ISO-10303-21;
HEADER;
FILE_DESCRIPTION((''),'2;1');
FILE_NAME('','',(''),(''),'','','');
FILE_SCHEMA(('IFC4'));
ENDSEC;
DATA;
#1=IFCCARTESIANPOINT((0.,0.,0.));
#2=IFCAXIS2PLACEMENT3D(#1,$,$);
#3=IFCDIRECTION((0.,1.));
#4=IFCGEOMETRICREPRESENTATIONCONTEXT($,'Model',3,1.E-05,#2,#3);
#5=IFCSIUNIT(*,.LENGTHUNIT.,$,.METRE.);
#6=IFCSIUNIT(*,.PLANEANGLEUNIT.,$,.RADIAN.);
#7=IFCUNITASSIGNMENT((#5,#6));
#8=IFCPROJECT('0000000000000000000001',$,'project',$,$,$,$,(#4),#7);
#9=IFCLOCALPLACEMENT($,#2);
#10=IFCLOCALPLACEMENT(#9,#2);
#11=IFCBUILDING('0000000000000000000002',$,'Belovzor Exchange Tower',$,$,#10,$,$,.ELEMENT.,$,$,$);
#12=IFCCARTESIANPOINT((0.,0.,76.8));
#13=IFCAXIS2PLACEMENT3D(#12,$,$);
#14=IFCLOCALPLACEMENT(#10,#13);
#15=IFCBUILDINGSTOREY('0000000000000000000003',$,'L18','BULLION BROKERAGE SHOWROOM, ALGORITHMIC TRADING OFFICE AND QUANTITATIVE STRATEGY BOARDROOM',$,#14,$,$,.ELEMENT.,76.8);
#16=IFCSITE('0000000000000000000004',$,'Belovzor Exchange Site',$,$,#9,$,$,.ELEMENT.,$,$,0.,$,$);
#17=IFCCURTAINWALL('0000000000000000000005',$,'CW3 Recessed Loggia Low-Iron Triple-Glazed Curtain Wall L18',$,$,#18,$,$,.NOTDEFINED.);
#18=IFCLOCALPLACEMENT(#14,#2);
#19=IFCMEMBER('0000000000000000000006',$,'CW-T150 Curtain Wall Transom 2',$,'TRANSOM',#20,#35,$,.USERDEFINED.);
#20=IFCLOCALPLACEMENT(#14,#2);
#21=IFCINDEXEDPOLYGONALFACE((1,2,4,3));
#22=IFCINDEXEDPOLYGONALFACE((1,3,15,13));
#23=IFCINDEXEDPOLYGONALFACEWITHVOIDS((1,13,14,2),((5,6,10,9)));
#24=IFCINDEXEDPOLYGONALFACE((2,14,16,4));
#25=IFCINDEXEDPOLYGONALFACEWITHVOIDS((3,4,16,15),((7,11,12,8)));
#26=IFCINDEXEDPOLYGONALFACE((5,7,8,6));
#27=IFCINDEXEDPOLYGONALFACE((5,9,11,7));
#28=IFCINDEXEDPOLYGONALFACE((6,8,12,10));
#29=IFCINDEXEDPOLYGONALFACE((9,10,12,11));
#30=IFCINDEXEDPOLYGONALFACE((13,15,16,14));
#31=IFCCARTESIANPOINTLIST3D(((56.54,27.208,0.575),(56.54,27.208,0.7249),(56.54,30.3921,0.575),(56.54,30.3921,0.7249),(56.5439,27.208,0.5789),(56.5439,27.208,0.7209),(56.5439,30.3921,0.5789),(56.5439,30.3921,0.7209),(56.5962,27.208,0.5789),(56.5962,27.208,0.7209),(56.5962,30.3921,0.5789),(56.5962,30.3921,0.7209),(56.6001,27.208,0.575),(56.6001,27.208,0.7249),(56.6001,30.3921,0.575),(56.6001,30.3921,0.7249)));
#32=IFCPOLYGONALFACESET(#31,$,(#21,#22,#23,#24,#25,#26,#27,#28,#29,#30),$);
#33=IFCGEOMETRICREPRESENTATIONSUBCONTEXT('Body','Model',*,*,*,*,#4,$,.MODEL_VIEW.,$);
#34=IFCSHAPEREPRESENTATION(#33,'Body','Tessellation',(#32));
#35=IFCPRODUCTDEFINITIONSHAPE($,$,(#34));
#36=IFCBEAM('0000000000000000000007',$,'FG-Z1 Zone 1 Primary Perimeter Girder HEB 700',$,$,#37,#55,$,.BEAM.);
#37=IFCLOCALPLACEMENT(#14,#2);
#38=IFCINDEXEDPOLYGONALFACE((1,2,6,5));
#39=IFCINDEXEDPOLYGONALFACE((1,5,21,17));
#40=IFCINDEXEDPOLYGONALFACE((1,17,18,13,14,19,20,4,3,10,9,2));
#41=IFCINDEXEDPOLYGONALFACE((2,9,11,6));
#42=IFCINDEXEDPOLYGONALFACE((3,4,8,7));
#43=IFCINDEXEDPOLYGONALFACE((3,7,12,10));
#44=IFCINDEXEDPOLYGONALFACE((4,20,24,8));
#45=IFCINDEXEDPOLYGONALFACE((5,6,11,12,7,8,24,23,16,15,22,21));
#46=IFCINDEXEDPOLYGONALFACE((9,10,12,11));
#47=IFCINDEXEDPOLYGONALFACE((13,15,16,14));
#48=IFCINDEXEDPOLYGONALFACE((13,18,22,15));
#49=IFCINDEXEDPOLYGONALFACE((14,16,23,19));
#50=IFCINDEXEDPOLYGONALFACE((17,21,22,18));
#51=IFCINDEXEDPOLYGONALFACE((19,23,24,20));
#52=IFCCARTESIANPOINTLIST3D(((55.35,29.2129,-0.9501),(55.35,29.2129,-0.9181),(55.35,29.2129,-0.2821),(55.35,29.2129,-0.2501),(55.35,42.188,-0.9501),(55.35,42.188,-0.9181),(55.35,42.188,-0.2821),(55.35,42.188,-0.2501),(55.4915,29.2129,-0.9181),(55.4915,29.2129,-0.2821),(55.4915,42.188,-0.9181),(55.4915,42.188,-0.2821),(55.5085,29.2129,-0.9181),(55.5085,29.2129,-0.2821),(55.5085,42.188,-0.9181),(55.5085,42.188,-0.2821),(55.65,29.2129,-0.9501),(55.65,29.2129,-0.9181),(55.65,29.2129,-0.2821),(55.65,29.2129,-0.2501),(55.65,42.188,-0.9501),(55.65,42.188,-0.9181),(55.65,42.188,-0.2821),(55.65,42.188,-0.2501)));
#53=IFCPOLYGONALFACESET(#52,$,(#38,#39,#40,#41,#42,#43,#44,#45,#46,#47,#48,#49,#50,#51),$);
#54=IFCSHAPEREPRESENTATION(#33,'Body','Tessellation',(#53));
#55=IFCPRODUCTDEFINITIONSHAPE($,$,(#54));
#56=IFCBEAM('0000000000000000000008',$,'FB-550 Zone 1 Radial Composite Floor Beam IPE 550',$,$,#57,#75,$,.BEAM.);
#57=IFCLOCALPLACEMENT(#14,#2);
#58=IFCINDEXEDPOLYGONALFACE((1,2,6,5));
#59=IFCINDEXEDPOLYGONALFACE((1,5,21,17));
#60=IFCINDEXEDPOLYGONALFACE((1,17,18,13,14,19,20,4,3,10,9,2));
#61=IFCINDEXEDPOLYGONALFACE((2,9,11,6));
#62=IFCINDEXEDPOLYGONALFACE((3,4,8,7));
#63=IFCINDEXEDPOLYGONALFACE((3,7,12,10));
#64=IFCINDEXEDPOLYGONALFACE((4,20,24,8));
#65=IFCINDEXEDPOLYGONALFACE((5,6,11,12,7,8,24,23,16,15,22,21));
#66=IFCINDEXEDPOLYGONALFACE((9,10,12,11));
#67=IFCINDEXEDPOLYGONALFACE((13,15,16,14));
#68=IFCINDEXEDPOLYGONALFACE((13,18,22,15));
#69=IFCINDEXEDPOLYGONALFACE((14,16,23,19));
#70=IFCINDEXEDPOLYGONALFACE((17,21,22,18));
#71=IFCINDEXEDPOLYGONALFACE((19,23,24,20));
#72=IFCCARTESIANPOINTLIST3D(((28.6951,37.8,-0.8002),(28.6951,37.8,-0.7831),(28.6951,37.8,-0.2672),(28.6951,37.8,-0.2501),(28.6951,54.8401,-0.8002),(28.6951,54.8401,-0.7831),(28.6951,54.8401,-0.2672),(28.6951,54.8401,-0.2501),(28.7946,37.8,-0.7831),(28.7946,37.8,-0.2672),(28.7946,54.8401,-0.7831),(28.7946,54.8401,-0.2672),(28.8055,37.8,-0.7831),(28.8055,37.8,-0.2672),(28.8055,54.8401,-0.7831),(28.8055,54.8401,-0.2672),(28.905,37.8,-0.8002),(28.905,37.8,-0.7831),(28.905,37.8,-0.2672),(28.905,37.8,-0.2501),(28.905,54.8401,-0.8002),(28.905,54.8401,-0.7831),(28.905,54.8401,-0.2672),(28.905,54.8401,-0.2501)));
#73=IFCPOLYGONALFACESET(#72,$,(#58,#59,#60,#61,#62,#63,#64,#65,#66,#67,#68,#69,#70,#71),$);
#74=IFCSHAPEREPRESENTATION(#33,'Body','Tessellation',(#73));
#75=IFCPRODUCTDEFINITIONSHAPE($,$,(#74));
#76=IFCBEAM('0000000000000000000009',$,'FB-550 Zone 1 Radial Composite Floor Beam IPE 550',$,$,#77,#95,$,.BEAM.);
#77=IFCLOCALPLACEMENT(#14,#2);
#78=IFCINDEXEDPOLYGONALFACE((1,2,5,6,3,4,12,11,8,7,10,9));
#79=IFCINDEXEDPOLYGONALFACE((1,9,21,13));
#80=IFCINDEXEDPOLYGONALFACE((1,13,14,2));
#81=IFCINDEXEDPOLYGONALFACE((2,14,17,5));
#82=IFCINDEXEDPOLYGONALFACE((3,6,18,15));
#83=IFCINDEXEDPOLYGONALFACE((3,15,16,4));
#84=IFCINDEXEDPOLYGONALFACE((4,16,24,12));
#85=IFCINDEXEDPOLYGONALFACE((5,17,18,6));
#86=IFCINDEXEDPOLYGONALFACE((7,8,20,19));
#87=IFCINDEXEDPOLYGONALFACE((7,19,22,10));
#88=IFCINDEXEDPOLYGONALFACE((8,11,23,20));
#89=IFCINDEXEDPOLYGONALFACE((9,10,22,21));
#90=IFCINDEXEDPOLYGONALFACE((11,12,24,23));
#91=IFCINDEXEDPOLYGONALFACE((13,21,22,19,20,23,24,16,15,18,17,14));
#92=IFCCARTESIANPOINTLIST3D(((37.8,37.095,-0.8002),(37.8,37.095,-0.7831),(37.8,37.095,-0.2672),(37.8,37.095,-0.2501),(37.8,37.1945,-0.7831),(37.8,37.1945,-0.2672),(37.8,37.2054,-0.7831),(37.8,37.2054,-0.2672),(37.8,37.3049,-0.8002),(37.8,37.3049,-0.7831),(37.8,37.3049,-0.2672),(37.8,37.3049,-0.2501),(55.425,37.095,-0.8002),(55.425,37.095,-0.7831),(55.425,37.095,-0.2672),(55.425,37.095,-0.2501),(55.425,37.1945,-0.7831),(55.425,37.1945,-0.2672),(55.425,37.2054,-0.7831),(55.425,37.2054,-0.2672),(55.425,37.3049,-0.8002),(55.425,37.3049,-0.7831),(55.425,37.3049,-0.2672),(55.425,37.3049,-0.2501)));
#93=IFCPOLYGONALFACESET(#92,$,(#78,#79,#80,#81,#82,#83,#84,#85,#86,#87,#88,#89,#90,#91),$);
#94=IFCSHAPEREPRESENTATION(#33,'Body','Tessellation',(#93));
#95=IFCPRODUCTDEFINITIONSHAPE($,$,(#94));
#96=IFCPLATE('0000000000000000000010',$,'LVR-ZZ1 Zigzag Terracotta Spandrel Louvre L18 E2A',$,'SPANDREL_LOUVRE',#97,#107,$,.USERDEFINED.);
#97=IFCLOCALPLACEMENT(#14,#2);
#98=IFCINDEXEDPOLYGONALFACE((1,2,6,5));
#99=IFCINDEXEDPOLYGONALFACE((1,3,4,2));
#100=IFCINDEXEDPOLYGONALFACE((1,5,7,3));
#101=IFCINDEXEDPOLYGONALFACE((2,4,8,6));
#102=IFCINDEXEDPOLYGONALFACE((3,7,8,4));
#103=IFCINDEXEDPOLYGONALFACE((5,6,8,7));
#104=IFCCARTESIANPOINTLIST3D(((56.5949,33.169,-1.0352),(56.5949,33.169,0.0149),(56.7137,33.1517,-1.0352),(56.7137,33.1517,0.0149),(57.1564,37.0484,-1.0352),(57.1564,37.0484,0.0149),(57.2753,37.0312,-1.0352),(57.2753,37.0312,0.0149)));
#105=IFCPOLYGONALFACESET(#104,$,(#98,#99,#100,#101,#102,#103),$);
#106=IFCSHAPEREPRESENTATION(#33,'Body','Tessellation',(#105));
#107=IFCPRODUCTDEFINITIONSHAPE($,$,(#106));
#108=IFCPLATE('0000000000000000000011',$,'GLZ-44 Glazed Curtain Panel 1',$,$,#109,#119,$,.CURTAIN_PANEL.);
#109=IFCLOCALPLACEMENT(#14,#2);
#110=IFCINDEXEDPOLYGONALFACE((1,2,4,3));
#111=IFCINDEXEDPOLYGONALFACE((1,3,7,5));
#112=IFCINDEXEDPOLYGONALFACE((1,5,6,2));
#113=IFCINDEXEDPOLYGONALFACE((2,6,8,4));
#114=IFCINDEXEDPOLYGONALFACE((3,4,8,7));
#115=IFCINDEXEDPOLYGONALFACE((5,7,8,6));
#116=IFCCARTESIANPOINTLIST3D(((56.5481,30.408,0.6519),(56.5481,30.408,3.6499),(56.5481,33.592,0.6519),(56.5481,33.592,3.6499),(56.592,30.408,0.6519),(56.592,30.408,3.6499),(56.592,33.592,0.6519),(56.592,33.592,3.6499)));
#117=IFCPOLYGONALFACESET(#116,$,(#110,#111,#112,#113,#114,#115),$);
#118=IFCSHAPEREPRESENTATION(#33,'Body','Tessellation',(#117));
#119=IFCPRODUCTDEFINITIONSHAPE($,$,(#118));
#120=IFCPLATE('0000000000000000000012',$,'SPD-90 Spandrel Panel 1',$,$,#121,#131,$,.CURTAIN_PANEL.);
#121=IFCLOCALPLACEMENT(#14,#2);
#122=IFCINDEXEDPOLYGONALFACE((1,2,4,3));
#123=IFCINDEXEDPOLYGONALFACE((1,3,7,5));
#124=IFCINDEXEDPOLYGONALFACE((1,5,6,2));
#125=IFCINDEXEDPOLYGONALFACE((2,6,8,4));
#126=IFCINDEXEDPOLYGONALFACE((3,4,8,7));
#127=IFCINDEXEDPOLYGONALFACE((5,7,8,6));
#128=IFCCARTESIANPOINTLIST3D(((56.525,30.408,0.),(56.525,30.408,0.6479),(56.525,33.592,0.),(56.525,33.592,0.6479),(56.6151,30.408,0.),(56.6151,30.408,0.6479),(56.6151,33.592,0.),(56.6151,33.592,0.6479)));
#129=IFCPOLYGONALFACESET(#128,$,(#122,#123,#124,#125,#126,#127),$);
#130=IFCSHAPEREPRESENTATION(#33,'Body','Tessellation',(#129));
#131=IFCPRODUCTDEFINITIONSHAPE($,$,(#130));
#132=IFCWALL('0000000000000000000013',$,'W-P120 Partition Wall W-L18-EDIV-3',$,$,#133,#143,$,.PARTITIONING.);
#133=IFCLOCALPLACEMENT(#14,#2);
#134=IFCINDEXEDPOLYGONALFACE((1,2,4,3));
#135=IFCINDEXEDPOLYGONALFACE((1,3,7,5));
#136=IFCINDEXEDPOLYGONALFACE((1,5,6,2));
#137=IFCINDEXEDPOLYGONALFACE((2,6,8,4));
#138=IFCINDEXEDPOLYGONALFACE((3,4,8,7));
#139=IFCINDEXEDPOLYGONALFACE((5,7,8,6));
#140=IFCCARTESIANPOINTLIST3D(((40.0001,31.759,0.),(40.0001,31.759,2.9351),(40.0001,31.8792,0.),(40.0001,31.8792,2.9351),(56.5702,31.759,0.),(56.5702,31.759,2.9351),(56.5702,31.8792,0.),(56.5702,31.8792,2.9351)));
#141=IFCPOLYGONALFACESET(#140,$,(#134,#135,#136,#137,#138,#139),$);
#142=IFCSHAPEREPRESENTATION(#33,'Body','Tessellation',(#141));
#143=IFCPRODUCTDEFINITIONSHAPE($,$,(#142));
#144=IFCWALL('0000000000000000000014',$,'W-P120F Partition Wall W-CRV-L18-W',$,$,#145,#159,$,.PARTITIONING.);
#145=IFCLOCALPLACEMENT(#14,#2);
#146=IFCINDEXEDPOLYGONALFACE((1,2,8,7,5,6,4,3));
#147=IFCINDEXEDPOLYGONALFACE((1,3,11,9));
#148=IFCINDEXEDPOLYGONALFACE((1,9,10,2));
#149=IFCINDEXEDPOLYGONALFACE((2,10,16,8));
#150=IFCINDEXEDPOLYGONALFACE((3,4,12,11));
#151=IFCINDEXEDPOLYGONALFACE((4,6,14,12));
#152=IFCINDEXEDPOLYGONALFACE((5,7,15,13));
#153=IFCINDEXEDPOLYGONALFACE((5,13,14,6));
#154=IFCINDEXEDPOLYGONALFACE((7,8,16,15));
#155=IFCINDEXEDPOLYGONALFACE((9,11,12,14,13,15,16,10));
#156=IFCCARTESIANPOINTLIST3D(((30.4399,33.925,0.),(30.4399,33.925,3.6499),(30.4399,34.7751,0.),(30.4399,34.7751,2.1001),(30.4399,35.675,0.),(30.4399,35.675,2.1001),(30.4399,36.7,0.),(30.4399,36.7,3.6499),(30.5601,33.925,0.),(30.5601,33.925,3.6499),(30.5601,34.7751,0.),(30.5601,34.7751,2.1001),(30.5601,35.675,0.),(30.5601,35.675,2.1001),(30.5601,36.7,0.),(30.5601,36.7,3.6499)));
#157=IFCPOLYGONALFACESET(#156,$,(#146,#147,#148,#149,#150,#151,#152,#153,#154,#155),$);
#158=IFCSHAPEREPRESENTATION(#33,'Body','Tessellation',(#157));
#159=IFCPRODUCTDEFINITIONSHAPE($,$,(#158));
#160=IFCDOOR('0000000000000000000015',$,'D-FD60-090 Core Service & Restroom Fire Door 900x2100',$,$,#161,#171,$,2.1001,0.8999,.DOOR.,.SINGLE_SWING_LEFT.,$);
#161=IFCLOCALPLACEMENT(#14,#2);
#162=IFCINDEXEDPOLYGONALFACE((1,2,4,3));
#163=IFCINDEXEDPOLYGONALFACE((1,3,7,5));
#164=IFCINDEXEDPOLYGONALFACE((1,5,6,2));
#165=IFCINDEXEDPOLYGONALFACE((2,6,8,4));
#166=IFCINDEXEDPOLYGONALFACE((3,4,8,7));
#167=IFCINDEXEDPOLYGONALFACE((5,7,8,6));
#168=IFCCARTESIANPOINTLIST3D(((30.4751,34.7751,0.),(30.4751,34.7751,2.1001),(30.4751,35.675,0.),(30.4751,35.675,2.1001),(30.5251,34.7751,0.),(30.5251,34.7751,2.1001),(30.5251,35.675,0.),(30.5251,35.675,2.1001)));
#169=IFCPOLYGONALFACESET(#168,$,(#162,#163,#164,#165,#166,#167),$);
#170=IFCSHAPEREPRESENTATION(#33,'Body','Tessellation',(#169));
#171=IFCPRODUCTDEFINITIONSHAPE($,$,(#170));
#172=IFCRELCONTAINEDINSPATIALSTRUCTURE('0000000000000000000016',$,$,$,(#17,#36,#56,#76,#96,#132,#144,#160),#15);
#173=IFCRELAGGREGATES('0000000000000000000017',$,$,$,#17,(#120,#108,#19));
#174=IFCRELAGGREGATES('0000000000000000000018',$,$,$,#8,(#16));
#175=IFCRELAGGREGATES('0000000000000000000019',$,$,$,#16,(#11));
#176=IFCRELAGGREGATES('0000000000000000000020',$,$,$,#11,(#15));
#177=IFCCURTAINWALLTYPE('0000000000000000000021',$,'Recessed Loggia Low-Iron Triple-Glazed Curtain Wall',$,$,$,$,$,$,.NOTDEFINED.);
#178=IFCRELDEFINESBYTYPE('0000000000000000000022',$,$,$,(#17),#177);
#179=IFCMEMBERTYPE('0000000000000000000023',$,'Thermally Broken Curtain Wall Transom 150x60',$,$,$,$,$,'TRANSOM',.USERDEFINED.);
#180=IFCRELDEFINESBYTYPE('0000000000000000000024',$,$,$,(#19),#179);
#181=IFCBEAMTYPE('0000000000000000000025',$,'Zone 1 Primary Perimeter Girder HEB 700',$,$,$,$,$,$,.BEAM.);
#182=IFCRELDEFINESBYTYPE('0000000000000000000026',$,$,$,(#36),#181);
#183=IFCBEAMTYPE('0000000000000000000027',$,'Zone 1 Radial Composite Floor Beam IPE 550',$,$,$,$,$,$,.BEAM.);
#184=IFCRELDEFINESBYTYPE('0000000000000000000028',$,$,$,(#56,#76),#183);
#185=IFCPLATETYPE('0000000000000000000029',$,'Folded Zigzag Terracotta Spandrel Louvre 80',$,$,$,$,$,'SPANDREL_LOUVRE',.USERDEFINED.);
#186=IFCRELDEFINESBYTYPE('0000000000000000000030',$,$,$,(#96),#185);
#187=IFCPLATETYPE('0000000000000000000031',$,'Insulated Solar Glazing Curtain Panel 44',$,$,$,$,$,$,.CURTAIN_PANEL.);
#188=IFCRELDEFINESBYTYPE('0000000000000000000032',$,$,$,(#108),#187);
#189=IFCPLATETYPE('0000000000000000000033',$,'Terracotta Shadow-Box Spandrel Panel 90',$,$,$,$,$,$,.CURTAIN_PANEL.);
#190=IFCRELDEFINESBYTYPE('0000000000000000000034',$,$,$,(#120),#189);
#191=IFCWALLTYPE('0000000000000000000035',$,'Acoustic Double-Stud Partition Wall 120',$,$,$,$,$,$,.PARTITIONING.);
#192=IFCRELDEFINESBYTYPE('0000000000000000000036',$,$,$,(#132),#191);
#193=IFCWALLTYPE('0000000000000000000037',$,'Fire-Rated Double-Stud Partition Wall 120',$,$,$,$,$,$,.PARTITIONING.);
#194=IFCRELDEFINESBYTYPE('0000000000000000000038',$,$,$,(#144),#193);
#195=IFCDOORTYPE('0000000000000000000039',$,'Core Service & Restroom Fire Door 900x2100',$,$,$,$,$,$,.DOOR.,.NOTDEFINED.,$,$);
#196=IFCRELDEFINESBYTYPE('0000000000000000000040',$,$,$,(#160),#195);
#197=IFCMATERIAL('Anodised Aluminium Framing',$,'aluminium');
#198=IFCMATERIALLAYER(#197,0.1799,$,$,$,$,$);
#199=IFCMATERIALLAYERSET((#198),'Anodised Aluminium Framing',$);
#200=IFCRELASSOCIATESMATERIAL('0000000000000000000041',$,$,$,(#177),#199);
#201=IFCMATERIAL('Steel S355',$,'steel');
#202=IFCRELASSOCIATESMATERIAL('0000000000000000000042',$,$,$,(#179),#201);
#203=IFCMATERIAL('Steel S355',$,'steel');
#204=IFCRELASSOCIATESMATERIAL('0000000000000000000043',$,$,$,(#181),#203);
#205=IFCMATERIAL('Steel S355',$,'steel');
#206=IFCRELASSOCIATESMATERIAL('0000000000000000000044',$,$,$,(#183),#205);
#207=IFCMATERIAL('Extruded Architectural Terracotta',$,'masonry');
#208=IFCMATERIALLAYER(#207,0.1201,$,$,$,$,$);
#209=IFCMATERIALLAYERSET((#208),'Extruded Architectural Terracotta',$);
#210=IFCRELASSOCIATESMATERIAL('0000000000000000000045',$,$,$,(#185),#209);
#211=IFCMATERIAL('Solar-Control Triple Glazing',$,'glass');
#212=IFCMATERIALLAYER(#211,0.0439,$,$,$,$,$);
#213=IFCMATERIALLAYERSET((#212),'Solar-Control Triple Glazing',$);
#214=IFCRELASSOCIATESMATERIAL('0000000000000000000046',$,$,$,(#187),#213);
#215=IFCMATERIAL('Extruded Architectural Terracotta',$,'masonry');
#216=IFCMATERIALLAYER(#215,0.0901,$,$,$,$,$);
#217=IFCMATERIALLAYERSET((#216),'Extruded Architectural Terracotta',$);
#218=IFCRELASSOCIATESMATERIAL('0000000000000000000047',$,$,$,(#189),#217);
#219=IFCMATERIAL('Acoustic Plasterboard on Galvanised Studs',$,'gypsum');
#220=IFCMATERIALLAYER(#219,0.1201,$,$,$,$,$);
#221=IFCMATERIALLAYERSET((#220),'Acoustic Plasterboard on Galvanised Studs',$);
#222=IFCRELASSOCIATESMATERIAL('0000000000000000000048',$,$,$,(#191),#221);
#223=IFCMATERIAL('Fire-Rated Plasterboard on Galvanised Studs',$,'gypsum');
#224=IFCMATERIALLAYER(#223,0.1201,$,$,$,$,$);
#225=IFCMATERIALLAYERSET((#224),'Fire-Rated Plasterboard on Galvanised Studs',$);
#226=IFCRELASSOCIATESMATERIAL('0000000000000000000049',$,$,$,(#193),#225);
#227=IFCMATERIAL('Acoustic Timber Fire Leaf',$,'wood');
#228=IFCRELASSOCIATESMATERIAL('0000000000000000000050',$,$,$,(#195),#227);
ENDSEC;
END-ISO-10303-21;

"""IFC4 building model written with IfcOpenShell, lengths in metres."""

from ifc_helpers import new_model, si_unit, direction, frame, frame_2d, origin, origin_2d, place, context, subcontext, project, spatial, rectangle, hollow_rectangle, i_section, extrude, material, layer, layer_set, material_profile, profile_set, type_object, element, fill, aggregate, save


model = new_model("IFC4")

# Units and contexts
model_context = context("Model", 3, precision=1e-05, world=origin(), true_north=direction((0.0, 1.0)))
body_context = subcontext(model_context, "Body", "Model", "MODEL_VIEW")
ifc_project = project(units=[si_unit("LENGTHUNIT", "METRE"), si_unit("PLANEANGLEUNIT", "RADIAN")], contexts=[model_context])

# Site, building, storey
site_placement = place(None, origin())
site = spatial("IfcSite", under=ifc_project, at=site_placement, Name="Belovzor Exchange Site", CompositionType="ELEMENT", RefElevation=0.0)
building_placement = place(site_placement, origin())
building = spatial("IfcBuilding", under=site, at=building_placement, Name="Belovzor Exchange Tower", CompositionType="ELEMENT")
storey_placement = place(building_placement, frame((0.0, 0.0, 76.8)))
storey = spatial("IfcBuildingStorey", under=building, at=storey_placement, Name="L18", Description="BULLION BROKERAGE SHOWROOM, ALGORITHMIC TRADING OFFICE AND QUANTITATIVE STRATEGY BOARDROOM", CompositionType="ELEMENT", Elevation=76.8)

# Curtain wall, member
ifc_material_1 = material(Name="Anodised Aluminium Framing", Category="aluminium")
ifc_layer_1 = layer(ifc_material_1, 0.1799)
ifc_layer_set_1 = layer_set([ifc_layer_1], Name="Anodised Aluminium Framing")
curtain_wall_type = type_object("IfcCurtainWallType", Name="Recessed Loggia Low-Iron Triple-Glazed Curtain Wall", PredefinedType="NOTDEFINED", material=ifc_layer_set_1)
curtain_wall_placement = place(storey_placement, origin())
curtain_wall = element("IfcCurtainWall", 1, at=curtain_wall_placement, inside=storey, type_object=curtain_wall_type, Name="CW3 Recessed Loggia Low-Iron Triple-Glazed Curtain Wall L18", PredefinedType="NOTDEFINED")
ifc_material_2 = material(Name="Steel S355", Category="steel")
ifc_material_profile_1 = material_profile(ifc_material_2, hollow_rectangle(XDim=0.0601, YDim=0.1499, WallThickness=0.0039, at=origin_2d()))
ifc_profile_set_1 = profile_set([ifc_material_profile_1], Name="Steel S355")
member_type_1 = type_object("IfcMemberType", Name="Thermally Broken Curtain Wall Transom 150x60", ElementType="TRANSOM", PredefinedType="USERDEFINED", material=ifc_profile_set_1)
member_1_placement = place(storey_placement, frame((56.5701, 30.3921, 0.6499), z_axis=(0.0, -1.0, 0.0), x_axis=(1.0, 0.0, 0.0)))
member_1 = element("IfcMember", 2, at=member_1_placement, type_object=member_type_1, Name="CW-T150 Curtain Wall Transom 2", ObjectType="TRANSOM", PredefinedType="USERDEFINED", context=body_context, shape_type="SweptSolid", body=[
    extrude(hollow_rectangle(XDim=0.0601, YDim=0.1499, WallThickness=0.0039, at=origin_2d()), origin(), (0.0, 0.0, 1.0), 3.1841),
])

# Beams
ifc_material_3 = material(Name="Steel S355", Category="steel")
ifc_material_profile_2 = material_profile(ifc_material_3, i_section(OverallWidth=0.3, OverallDepth=0.7, WebThickness=0.0171, FlangeThickness=0.032, at=origin_2d()))
ifc_profile_set_2 = profile_set([ifc_material_profile_2], Name="Steel S355")
beam_type_1 = type_object("IfcBeamType", Name="Zone 1 Primary Perimeter Girder HEB 700", PredefinedType="BEAM", material=ifc_profile_set_2)
beam_1_placement = place(storey_placement, frame((55.5, 29.2129, -0.6001), z_axis=(0.0, 1.0, 0.0), x_axis=(-1.0, 0.0, 0.0)))
element("IfcBeam", 3, at=beam_1_placement, inside=storey, type_object=beam_type_1, Name="FG-Z1 Zone 1 Primary Perimeter Girder HEB 700", PredefinedType="BEAM", context=body_context, shape_type="SweptSolid", body=[
    extrude(i_section(OverallWidth=0.3, OverallDepth=0.7, WebThickness=0.0171, FlangeThickness=0.032, at=origin_2d()), origin(), (0.0, 0.0, 1.0), 12.9751),
])
ifc_material_4 = material(Name="Steel S355", Category="steel")
ifc_material_profile_3 = material_profile(ifc_material_4, i_section(OverallWidth=0.21, OverallDepth=0.55, WebThickness=0.011, FlangeThickness=0.0171, at=origin_2d()))
ifc_profile_set_3 = profile_set([ifc_material_profile_3], Name="Steel S355")
beam_type_2 = type_object("IfcBeamType", Name="Zone 1 Radial Composite Floor Beam IPE 550", PredefinedType="BEAM", material=ifc_profile_set_3)
beam_2_placement = place(storey_placement, frame((28.8, 37.8, -0.5251), z_axis=(0.0, 1.0, 0.0), x_axis=(-1.0, 0.0, 0.0)))
element("IfcBeam", 4, at=beam_2_placement, inside=storey, type_object=beam_type_2, Name="FB-550 Zone 1 Radial Composite Floor Beam IPE 550", PredefinedType="BEAM", context=body_context, shape_type="SweptSolid", body=[
    extrude(i_section(OverallWidth=0.21, OverallDepth=0.55, WebThickness=0.011, FlangeThickness=0.0171, at=origin_2d()), origin(), (0.0, 0.0, 1.0), 17.04),
])
beam_3_placement = place(storey_placement, frame((37.8, 37.2, -0.5251), z_axis=(1.0, 0.0, 0.0), x_axis=(0.0, 1.0, 0.0)))
element("IfcBeam", 5, at=beam_3_placement, inside=storey, type_object=beam_type_2, Name="FB-550 Zone 1 Radial Composite Floor Beam IPE 550", PredefinedType="BEAM", context=body_context, shape_type="SweptSolid", body=[
    extrude(i_section(OverallWidth=0.21, OverallDepth=0.55, WebThickness=0.011, FlangeThickness=0.0171, at=origin_2d()), origin(), (0.0, 0.0, 1.0), 17.625),
])

# Plates
ifc_material_5 = material(Name="Extruded Architectural Terracotta", Category="masonry")
ifc_layer_2 = layer(ifc_material_5, 0.1201)
ifc_layer_set_2 = layer_set([ifc_layer_2], Name="Extruded Architectural Terracotta")
plate_type_1 = type_object("IfcPlateType", Name="Folded Zigzag Terracotta Spandrel Louvre 80", ElementType="SPANDREL_LOUVRE", PredefinedType="USERDEFINED", material=ifc_layer_set_2)
plate_1_placement = place(storey_placement, frame((56.9351, 35.1001, -1.0352), z_axis=(0.0, 0.0, 1.0), x_axis=(0.143251, 0.989686, 0.0)))
element("IfcPlate", 6, at=plate_1_placement, inside=storey, type_object=plate_type_1, Name="LVR-ZZ1 Zigzag Terracotta Spandrel Louvre L18 E2A", ObjectType="SPANDREL_LOUVRE", PredefinedType="USERDEFINED", context=body_context, shape_type="SweptSolid", body=[
    extrude(rectangle(XDim=3.9199, YDim=0.1201, at=origin_2d()), origin(), (0.0, 0.0, 1.0), 1.05),
])
ifc_material_6 = material(Name="Solar-Control Triple Glazing", Category="glass")
ifc_layer_3 = layer(ifc_material_6, 0.0439)
ifc_layer_set_3 = layer_set([ifc_layer_3], Name="Solar-Control Triple Glazing")
plate_type_2 = type_object("IfcPlateType", Name="Insulated Solar Glazing Curtain Panel 44", PredefinedType="CURTAIN_PANEL", material=ifc_layer_set_3)
plate_2_placement = place(storey_placement, frame((56.5701, 32.0, 0.6519), z_axis=(0.0, 0.0, 1.0), x_axis=(0.0, -1.0, 0.0)))
plate_2 = element("IfcPlate", 7, at=plate_2_placement, type_object=plate_type_2, Name="GLZ-44 Glazed Curtain Panel 1", PredefinedType="CURTAIN_PANEL", context=body_context, shape_type="SweptSolid", body=[
    extrude(rectangle(XDim=3.1841, YDim=0.0439, at=origin_2d()), origin(), (0.0, 0.0, 1.0), 2.998),
])
ifc_material_7 = material(Name="Extruded Architectural Terracotta", Category="masonry")
ifc_layer_4 = layer(ifc_material_7, 0.0901)
ifc_layer_set_4 = layer_set([ifc_layer_4], Name="Extruded Architectural Terracotta")
plate_type_3 = type_object("IfcPlateType", Name="Terracotta Shadow-Box Spandrel Panel 90", PredefinedType="CURTAIN_PANEL", material=ifc_layer_set_4)
plate_3_placement = place(storey_placement, frame((56.5701, 32.0, 0.0), z_axis=(0.0, 0.0, 1.0), x_axis=(0.0, -1.0, 0.0)))
plate_3 = element("IfcPlate", 8, at=plate_3_placement, type_object=plate_type_3, Name="SPD-90 Spandrel Panel 1", PredefinedType="CURTAIN_PANEL", context=body_context, shape_type="SweptSolid", body=[
    extrude(rectangle(XDim=3.1841, YDim=0.0901, at=origin_2d()), origin(), (0.0, 0.0, 1.0), 0.6479),
])
aggregate(curtain_wall, [plate_3, plate_2, member_1])

# Wall
ifc_material_8 = material(Name="Acoustic Plasterboard on Galvanised Studs", Category="gypsum")
ifc_layer_5 = layer(ifc_material_8, 0.1201)
ifc_layer_set_5 = layer_set([ifc_layer_5], Name="Acoustic Plasterboard on Galvanised Studs")
wall_type_1 = type_object("IfcWallType", Name="Acoustic Double-Stud Partition Wall 120", PredefinedType="PARTITIONING", material=ifc_layer_set_5)
wall_1_placement = place(storey_placement, frame((40.0, 31.8191, 0.0), z_axis=(0.0, 0.0, 1.0), x_axis=(1.0, 0.0, 0.0)))
element("IfcWall", 9, at=wall_1_placement, inside=storey, type_object=wall_type_1, Name="W-P120 Partition Wall W-L18-EDIV-3", PredefinedType="PARTITIONING", context=body_context, shape_type="SweptSolid", body=[
    extrude(rectangle(XDim=16.5701, YDim=0.1201, at=frame_2d((8.2852, 0.0))), origin(), (0.0, 0.0, 1.0), 2.9351),
])

# Wall, opening, door
ifc_material_9 = material(Name="Fire-Rated Plasterboard on Galvanised Studs", Category="gypsum")
ifc_layer_6 = layer(ifc_material_9, 0.1201)
ifc_layer_set_6 = layer_set([ifc_layer_6], Name="Fire-Rated Plasterboard on Galvanised Studs")
wall_type_2 = type_object("IfcWallType", Name="Fire-Rated Double-Stud Partition Wall 120", PredefinedType="PARTITIONING", material=ifc_layer_set_6)
wall_2_placement = place(storey_placement, frame((30.5, 33.925, 0.0), z_axis=(0.0, 0.0, 1.0), x_axis=(0.0, 1.0, 0.0)))
wall_2 = element("IfcWall", 10, at=wall_2_placement, inside=storey, type_object=wall_type_2, Name="W-P120F Partition Wall W-CRV-L18-W", PredefinedType="PARTITIONING", context=body_context, shape_type="SweptSolid", body=[
    extrude(rectangle(XDim=2.7749, YDim=0.1201, at=frame_2d((1.3875, 0.0))), origin(), (0.0, 0.0, 1.0), 3.6499),
])
opening_placement = place(wall_2_placement, frame((0.8501, 0.0, 0.0)))
opening = element("IfcOpeningElement", 11, at=opening_placement, cuts=wall_2, PredefinedType="OPENING", context=body_context, shape_type="SweptSolid", body=[
    extrude(rectangle(XDim=0.8999, YDim=2.1001, at=frame_2d((0.45, 1.05))), frame((0.0, 0.0701, 0.0), z_axis=(0.0, -1.0, 0.0), x_axis=(1.0, 0.0, 0.0)), (0.0, 0.0, 1.0), 0.1401),
])
ifc_material_10 = material(Name="Acoustic Timber Fire Leaf", Category="wood")
door_type = type_object("IfcDoorType", Name="Core Service & Restroom Fire Door 900x2100", OperationType="NOTDEFINED", PredefinedType="DOOR", material=ifc_material_10)
door_placement = place(opening_placement, origin())
door = element("IfcDoor", 12, at=door_placement, inside=storey, type_object=door_type, Name="D-FD60-090 Core Service & Restroom Fire Door 900x2100", OperationType="SINGLE_SWING_LEFT", OverallHeight=2.1001, OverallWidth=0.8999, PredefinedType="DOOR", context=body_context, shape_type="SweptSolid", body=[
    extrude(rectangle(XDim=0.8999, YDim=2.1001, at=frame_2d((0.45, 1.05))), frame((0.0, 0.0249, 0.0), z_axis=(0.0, -1.0, 0.0), x_axis=(1.0, 0.0, 0.0)), (0.0, 0.0, 1.0), 0.05),
])
fill(opening, door)

save(model, "model.ifc")
